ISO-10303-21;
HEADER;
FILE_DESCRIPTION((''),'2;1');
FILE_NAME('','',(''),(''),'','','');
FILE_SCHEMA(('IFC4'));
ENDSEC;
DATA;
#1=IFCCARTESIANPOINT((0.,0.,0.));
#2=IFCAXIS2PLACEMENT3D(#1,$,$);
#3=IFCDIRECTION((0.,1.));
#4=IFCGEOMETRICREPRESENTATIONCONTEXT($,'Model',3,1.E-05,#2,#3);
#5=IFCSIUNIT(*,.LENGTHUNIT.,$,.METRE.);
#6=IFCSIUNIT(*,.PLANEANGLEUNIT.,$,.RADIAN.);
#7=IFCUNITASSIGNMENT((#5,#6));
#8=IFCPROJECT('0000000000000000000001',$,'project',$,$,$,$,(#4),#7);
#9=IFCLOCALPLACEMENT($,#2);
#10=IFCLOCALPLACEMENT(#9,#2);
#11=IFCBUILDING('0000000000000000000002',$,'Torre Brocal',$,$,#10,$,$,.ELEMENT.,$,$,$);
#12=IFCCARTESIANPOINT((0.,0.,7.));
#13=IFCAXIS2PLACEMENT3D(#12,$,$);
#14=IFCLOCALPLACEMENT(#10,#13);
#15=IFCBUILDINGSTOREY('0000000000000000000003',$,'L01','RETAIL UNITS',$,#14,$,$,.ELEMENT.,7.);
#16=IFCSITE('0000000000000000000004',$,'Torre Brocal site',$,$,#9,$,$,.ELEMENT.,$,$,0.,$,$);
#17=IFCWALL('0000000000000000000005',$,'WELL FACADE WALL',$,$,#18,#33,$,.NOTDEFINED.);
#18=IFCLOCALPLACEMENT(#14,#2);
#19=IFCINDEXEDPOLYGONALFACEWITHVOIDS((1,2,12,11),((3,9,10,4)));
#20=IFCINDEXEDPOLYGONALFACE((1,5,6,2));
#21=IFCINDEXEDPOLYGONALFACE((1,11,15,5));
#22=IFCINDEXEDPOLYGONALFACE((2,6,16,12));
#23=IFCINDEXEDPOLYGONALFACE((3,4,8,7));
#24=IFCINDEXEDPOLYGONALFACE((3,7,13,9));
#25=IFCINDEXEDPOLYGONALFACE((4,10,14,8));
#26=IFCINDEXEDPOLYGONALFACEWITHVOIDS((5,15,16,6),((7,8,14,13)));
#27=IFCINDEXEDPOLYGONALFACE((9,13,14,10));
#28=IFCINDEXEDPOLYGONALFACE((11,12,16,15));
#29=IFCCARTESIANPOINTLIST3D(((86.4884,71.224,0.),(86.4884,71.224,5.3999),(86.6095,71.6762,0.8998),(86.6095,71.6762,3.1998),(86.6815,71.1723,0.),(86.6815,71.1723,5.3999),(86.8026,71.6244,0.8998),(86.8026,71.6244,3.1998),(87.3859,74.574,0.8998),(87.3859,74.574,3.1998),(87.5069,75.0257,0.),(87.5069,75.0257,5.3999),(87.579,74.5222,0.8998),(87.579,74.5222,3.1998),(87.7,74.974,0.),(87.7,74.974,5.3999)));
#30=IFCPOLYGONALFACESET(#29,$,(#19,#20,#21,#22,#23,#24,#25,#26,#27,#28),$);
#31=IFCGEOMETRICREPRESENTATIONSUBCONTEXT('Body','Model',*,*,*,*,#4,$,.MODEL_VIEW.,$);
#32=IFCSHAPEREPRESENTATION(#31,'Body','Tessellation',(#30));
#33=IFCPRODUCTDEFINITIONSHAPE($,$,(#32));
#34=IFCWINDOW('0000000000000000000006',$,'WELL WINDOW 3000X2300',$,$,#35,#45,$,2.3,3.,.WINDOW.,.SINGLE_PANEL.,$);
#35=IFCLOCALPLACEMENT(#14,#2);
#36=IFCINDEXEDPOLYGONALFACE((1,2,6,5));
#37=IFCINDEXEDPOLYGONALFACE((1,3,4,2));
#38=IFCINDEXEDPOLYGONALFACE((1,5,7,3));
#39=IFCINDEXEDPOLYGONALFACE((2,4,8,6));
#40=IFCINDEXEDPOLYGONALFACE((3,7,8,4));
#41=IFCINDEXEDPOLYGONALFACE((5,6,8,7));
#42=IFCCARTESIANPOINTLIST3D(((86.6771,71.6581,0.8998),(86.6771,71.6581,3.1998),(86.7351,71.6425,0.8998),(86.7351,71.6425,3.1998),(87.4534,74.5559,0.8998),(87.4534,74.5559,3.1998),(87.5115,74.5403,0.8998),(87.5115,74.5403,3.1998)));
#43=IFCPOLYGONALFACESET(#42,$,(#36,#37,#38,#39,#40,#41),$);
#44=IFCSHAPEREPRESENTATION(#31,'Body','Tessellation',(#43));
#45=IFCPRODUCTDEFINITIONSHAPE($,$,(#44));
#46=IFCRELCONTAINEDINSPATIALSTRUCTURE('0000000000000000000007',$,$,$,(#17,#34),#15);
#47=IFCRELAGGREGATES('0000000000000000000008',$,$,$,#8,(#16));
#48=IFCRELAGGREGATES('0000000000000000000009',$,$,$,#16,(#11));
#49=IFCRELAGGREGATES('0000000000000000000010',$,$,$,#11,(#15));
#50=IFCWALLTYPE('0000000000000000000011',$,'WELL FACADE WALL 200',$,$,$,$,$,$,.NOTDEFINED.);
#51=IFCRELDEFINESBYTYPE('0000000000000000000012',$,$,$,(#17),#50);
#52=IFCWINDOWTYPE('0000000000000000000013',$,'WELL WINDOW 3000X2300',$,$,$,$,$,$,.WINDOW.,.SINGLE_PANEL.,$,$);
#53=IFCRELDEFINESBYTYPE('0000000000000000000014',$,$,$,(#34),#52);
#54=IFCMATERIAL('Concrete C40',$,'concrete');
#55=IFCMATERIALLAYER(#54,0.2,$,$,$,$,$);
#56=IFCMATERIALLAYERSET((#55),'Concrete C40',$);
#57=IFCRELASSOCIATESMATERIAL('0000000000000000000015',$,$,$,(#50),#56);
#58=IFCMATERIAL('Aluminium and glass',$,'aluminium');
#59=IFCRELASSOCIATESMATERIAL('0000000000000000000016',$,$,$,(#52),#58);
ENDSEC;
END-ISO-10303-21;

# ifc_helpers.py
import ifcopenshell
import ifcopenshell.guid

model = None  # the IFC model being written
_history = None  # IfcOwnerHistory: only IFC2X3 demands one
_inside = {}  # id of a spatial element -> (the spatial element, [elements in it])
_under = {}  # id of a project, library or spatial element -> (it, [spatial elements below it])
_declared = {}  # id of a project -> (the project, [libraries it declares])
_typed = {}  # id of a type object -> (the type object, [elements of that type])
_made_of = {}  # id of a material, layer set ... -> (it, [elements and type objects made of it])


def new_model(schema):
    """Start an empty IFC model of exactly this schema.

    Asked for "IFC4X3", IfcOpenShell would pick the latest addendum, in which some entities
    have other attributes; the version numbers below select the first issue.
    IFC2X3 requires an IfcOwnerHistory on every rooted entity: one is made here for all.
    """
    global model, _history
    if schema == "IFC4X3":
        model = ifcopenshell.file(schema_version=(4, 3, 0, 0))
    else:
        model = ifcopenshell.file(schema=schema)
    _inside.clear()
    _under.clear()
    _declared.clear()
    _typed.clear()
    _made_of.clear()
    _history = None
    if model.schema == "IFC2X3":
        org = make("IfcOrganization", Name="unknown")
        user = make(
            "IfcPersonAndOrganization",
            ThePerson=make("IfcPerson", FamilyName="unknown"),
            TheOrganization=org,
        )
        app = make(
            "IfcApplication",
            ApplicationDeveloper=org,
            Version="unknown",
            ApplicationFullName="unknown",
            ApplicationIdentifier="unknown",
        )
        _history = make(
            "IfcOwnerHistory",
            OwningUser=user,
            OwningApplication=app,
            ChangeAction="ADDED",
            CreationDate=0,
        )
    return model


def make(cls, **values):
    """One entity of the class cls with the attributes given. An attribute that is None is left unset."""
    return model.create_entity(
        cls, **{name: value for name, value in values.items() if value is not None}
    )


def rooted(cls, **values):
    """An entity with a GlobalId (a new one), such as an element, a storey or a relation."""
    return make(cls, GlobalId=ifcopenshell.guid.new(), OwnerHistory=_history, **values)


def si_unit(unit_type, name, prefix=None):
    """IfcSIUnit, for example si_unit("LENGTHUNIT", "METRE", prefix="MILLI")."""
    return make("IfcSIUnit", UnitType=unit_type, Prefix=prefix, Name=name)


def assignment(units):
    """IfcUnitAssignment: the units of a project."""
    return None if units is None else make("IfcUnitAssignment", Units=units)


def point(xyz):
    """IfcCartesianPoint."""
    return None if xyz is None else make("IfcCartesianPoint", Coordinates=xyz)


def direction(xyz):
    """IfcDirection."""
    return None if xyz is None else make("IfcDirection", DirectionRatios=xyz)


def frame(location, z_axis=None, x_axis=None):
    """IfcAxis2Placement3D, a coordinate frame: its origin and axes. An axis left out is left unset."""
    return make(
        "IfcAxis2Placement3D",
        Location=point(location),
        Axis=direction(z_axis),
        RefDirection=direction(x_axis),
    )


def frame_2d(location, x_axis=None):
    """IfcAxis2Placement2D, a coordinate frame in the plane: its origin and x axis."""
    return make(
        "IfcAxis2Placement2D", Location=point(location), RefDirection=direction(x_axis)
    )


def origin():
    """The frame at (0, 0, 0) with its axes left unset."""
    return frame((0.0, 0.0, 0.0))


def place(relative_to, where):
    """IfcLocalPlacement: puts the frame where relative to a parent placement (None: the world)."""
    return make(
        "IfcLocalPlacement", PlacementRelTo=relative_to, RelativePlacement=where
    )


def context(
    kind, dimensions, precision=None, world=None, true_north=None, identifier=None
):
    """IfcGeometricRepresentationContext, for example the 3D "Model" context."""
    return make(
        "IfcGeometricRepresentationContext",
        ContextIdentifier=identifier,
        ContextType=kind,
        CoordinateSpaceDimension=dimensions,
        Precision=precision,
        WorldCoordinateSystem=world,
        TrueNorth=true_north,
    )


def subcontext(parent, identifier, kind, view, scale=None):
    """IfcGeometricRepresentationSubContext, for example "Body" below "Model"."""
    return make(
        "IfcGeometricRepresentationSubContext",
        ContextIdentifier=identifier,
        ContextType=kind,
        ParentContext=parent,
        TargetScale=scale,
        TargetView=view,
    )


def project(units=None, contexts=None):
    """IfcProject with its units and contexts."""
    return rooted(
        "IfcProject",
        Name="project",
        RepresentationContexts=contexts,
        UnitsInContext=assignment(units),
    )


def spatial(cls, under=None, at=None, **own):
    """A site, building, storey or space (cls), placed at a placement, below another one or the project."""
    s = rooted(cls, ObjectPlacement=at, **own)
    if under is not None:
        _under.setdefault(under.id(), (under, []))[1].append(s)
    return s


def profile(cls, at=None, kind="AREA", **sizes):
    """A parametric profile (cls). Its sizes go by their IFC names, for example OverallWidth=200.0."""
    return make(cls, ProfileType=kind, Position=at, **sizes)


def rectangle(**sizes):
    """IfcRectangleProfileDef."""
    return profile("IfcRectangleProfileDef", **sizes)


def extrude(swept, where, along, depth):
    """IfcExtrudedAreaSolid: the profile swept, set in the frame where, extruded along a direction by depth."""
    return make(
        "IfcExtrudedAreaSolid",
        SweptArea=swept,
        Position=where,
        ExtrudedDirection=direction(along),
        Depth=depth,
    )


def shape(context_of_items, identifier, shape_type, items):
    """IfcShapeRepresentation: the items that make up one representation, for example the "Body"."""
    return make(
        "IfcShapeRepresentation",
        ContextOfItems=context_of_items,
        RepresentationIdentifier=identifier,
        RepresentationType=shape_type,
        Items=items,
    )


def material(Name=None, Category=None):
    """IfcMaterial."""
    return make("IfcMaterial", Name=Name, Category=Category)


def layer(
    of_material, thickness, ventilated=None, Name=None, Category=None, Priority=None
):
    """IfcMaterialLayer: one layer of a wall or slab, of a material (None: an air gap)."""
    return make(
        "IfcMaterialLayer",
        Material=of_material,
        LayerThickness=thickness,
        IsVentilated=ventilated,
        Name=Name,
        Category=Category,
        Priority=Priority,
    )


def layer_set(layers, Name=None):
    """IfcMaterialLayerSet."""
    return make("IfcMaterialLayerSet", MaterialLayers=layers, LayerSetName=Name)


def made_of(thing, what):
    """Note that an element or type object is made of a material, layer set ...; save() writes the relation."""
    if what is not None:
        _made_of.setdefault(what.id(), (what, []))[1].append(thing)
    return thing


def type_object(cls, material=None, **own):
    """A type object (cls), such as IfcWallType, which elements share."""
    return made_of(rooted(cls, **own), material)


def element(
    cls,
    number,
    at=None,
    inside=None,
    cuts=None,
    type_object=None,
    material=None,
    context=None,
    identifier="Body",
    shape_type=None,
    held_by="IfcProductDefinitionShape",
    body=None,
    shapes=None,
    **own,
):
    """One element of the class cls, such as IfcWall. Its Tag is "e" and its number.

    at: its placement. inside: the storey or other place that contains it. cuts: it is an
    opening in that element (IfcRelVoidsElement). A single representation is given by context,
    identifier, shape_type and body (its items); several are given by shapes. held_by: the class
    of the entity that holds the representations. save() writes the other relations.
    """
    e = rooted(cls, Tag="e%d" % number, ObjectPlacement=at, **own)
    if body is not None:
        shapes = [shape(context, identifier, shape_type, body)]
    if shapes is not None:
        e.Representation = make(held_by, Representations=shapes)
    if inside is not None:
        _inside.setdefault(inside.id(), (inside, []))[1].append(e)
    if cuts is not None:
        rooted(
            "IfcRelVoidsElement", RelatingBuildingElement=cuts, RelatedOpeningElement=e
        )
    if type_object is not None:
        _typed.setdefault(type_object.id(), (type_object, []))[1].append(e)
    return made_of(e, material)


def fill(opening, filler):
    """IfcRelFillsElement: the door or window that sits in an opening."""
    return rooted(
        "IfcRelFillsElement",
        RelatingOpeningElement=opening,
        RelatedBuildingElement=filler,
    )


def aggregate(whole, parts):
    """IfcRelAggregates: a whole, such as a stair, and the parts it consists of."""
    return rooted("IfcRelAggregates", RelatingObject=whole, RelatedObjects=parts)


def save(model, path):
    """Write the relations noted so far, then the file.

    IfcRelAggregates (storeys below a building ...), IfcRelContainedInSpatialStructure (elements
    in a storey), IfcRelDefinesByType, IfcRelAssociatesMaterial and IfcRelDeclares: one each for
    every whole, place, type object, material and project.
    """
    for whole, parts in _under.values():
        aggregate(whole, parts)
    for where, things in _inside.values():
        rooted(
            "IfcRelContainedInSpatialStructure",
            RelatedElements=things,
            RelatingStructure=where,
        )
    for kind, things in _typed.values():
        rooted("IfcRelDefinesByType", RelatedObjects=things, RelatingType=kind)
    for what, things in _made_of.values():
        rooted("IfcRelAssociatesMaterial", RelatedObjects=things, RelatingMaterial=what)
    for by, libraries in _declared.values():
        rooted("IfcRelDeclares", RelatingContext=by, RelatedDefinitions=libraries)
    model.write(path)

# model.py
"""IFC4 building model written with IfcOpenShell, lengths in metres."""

from ifc_helpers import new_model, si_unit, direction, frame, frame_2d, origin, place, context, subcontext, project, spatial, rectangle, extrude, material, layer, layer_set, type_object, element, fill, save


model = new_model("IFC4")

# Units and contexts
model_context = context("Model", 3, precision=1e-05, world=origin(), true_north=direction((0.0, 1.0)))
body_context = subcontext(model_context, "Body", "Model", "MODEL_VIEW")
ifc_project = project(units=[si_unit("LENGTHUNIT", "METRE"), si_unit("PLANEANGLEUNIT", "RADIAN")], contexts=[model_context])

# Site, building, storey
site_placement = place(None, origin())
site = spatial("IfcSite", under=ifc_project, at=site_placement, Name="Torre Brocal site", CompositionType="ELEMENT", RefElevation=0.0)
building_placement = place(site_placement, origin())
building = spatial("IfcBuilding", under=site, at=building_placement, Name="Torre Brocal", CompositionType="ELEMENT")
storey_placement = place(building_placement, frame((0.0, 0.0, 7.0)))
storey = spatial("IfcBuildingStorey", under=building, at=storey_placement, Name="L01", Description="RETAIL UNITS", CompositionType="ELEMENT", Elevation=7.0)

# Wall, opening, window
ifc_material_1 = material(Name="Concrete C40", Category="concrete")
ifc_layer_1 = layer(ifc_material_1, 0.2)
ifc_layer_set_1 = layer_set([ifc_layer_1], Name="Concrete C40")
wall_type_1 = type_object("IfcWallType", Name="WELL FACADE WALL 200", PredefinedType="NOTDEFINED", material=ifc_layer_set_1)
ifc_material_2 = material(Name="Aluminium and glass", Category="aluminium")
window_type = type_object("IfcWindowType", Name="WELL WINDOW 3000X2300", PartitioningType="SINGLE_PANEL", PredefinedType="WINDOW", material=ifc_material_2)
wall_1_placement = place(storey_placement, frame((86.585, 71.1982, 0.0), z_axis=(0.0, 0.0, 1.0), x_axis=(0.25879, 0.965934, 0.0)))
wall_1 = element("IfcWall", 1, at=wall_1_placement, inside=storey, type_object=wall_type_1, Name="WELL FACADE WALL", PredefinedType="NOTDEFINED", context=body_context, shape_type="SweptSolid", body=[
    extrude(rectangle(XDim=3.9358, YDim=0.2, at=frame_2d((1.9678, 0.0))), origin(), (0.0, 0.0, 1.0), 5.3999),
])
opening_1_placement = place(wall_1_placement, frame((0.468, 0.0, 0.8999)))
opening_1 = element("IfcOpeningElement", 2, at=opening_1_placement, cuts=wall_1, PredefinedType="OPENING", context=body_context, shape_type="SweptSolid", body=[
    extrude(rectangle(XDim=3.0, YDim=2.3, at=frame_2d((1.5, 1.1499))), frame((0.0, 0.1099, 0.0), z_axis=(0.0, -1.0, 0.0), x_axis=(1.0, 0.0, 0.0)), (0.0, 0.0, 1.0), 0.22),
])
window_1_placement = place(opening_1_placement, origin())
window_1 = element("IfcWindow", 3, at=window_1_placement, inside=storey, type_object=window_type, Name="WELL WINDOW 3000X2300", OverallHeight=2.3, OverallWidth=3.0, PartitioningType="SINGLE_PANEL", PredefinedType="WINDOW", context=body_context, shape_type="SweptSolid", body=[
    extrude(rectangle(XDim=3.0, YDim=2.3, at=frame_2d((1.5, 1.1499))), frame((0.0, 0.03, 0.0), z_axis=(0.0, -1.0, 0.0), x_axis=(1.0, 0.0, 0.0)), (0.0, 0.0, 1.0), 0.0601),
])
fill(opening_1, window_1)

save(model, "model.ifc")
